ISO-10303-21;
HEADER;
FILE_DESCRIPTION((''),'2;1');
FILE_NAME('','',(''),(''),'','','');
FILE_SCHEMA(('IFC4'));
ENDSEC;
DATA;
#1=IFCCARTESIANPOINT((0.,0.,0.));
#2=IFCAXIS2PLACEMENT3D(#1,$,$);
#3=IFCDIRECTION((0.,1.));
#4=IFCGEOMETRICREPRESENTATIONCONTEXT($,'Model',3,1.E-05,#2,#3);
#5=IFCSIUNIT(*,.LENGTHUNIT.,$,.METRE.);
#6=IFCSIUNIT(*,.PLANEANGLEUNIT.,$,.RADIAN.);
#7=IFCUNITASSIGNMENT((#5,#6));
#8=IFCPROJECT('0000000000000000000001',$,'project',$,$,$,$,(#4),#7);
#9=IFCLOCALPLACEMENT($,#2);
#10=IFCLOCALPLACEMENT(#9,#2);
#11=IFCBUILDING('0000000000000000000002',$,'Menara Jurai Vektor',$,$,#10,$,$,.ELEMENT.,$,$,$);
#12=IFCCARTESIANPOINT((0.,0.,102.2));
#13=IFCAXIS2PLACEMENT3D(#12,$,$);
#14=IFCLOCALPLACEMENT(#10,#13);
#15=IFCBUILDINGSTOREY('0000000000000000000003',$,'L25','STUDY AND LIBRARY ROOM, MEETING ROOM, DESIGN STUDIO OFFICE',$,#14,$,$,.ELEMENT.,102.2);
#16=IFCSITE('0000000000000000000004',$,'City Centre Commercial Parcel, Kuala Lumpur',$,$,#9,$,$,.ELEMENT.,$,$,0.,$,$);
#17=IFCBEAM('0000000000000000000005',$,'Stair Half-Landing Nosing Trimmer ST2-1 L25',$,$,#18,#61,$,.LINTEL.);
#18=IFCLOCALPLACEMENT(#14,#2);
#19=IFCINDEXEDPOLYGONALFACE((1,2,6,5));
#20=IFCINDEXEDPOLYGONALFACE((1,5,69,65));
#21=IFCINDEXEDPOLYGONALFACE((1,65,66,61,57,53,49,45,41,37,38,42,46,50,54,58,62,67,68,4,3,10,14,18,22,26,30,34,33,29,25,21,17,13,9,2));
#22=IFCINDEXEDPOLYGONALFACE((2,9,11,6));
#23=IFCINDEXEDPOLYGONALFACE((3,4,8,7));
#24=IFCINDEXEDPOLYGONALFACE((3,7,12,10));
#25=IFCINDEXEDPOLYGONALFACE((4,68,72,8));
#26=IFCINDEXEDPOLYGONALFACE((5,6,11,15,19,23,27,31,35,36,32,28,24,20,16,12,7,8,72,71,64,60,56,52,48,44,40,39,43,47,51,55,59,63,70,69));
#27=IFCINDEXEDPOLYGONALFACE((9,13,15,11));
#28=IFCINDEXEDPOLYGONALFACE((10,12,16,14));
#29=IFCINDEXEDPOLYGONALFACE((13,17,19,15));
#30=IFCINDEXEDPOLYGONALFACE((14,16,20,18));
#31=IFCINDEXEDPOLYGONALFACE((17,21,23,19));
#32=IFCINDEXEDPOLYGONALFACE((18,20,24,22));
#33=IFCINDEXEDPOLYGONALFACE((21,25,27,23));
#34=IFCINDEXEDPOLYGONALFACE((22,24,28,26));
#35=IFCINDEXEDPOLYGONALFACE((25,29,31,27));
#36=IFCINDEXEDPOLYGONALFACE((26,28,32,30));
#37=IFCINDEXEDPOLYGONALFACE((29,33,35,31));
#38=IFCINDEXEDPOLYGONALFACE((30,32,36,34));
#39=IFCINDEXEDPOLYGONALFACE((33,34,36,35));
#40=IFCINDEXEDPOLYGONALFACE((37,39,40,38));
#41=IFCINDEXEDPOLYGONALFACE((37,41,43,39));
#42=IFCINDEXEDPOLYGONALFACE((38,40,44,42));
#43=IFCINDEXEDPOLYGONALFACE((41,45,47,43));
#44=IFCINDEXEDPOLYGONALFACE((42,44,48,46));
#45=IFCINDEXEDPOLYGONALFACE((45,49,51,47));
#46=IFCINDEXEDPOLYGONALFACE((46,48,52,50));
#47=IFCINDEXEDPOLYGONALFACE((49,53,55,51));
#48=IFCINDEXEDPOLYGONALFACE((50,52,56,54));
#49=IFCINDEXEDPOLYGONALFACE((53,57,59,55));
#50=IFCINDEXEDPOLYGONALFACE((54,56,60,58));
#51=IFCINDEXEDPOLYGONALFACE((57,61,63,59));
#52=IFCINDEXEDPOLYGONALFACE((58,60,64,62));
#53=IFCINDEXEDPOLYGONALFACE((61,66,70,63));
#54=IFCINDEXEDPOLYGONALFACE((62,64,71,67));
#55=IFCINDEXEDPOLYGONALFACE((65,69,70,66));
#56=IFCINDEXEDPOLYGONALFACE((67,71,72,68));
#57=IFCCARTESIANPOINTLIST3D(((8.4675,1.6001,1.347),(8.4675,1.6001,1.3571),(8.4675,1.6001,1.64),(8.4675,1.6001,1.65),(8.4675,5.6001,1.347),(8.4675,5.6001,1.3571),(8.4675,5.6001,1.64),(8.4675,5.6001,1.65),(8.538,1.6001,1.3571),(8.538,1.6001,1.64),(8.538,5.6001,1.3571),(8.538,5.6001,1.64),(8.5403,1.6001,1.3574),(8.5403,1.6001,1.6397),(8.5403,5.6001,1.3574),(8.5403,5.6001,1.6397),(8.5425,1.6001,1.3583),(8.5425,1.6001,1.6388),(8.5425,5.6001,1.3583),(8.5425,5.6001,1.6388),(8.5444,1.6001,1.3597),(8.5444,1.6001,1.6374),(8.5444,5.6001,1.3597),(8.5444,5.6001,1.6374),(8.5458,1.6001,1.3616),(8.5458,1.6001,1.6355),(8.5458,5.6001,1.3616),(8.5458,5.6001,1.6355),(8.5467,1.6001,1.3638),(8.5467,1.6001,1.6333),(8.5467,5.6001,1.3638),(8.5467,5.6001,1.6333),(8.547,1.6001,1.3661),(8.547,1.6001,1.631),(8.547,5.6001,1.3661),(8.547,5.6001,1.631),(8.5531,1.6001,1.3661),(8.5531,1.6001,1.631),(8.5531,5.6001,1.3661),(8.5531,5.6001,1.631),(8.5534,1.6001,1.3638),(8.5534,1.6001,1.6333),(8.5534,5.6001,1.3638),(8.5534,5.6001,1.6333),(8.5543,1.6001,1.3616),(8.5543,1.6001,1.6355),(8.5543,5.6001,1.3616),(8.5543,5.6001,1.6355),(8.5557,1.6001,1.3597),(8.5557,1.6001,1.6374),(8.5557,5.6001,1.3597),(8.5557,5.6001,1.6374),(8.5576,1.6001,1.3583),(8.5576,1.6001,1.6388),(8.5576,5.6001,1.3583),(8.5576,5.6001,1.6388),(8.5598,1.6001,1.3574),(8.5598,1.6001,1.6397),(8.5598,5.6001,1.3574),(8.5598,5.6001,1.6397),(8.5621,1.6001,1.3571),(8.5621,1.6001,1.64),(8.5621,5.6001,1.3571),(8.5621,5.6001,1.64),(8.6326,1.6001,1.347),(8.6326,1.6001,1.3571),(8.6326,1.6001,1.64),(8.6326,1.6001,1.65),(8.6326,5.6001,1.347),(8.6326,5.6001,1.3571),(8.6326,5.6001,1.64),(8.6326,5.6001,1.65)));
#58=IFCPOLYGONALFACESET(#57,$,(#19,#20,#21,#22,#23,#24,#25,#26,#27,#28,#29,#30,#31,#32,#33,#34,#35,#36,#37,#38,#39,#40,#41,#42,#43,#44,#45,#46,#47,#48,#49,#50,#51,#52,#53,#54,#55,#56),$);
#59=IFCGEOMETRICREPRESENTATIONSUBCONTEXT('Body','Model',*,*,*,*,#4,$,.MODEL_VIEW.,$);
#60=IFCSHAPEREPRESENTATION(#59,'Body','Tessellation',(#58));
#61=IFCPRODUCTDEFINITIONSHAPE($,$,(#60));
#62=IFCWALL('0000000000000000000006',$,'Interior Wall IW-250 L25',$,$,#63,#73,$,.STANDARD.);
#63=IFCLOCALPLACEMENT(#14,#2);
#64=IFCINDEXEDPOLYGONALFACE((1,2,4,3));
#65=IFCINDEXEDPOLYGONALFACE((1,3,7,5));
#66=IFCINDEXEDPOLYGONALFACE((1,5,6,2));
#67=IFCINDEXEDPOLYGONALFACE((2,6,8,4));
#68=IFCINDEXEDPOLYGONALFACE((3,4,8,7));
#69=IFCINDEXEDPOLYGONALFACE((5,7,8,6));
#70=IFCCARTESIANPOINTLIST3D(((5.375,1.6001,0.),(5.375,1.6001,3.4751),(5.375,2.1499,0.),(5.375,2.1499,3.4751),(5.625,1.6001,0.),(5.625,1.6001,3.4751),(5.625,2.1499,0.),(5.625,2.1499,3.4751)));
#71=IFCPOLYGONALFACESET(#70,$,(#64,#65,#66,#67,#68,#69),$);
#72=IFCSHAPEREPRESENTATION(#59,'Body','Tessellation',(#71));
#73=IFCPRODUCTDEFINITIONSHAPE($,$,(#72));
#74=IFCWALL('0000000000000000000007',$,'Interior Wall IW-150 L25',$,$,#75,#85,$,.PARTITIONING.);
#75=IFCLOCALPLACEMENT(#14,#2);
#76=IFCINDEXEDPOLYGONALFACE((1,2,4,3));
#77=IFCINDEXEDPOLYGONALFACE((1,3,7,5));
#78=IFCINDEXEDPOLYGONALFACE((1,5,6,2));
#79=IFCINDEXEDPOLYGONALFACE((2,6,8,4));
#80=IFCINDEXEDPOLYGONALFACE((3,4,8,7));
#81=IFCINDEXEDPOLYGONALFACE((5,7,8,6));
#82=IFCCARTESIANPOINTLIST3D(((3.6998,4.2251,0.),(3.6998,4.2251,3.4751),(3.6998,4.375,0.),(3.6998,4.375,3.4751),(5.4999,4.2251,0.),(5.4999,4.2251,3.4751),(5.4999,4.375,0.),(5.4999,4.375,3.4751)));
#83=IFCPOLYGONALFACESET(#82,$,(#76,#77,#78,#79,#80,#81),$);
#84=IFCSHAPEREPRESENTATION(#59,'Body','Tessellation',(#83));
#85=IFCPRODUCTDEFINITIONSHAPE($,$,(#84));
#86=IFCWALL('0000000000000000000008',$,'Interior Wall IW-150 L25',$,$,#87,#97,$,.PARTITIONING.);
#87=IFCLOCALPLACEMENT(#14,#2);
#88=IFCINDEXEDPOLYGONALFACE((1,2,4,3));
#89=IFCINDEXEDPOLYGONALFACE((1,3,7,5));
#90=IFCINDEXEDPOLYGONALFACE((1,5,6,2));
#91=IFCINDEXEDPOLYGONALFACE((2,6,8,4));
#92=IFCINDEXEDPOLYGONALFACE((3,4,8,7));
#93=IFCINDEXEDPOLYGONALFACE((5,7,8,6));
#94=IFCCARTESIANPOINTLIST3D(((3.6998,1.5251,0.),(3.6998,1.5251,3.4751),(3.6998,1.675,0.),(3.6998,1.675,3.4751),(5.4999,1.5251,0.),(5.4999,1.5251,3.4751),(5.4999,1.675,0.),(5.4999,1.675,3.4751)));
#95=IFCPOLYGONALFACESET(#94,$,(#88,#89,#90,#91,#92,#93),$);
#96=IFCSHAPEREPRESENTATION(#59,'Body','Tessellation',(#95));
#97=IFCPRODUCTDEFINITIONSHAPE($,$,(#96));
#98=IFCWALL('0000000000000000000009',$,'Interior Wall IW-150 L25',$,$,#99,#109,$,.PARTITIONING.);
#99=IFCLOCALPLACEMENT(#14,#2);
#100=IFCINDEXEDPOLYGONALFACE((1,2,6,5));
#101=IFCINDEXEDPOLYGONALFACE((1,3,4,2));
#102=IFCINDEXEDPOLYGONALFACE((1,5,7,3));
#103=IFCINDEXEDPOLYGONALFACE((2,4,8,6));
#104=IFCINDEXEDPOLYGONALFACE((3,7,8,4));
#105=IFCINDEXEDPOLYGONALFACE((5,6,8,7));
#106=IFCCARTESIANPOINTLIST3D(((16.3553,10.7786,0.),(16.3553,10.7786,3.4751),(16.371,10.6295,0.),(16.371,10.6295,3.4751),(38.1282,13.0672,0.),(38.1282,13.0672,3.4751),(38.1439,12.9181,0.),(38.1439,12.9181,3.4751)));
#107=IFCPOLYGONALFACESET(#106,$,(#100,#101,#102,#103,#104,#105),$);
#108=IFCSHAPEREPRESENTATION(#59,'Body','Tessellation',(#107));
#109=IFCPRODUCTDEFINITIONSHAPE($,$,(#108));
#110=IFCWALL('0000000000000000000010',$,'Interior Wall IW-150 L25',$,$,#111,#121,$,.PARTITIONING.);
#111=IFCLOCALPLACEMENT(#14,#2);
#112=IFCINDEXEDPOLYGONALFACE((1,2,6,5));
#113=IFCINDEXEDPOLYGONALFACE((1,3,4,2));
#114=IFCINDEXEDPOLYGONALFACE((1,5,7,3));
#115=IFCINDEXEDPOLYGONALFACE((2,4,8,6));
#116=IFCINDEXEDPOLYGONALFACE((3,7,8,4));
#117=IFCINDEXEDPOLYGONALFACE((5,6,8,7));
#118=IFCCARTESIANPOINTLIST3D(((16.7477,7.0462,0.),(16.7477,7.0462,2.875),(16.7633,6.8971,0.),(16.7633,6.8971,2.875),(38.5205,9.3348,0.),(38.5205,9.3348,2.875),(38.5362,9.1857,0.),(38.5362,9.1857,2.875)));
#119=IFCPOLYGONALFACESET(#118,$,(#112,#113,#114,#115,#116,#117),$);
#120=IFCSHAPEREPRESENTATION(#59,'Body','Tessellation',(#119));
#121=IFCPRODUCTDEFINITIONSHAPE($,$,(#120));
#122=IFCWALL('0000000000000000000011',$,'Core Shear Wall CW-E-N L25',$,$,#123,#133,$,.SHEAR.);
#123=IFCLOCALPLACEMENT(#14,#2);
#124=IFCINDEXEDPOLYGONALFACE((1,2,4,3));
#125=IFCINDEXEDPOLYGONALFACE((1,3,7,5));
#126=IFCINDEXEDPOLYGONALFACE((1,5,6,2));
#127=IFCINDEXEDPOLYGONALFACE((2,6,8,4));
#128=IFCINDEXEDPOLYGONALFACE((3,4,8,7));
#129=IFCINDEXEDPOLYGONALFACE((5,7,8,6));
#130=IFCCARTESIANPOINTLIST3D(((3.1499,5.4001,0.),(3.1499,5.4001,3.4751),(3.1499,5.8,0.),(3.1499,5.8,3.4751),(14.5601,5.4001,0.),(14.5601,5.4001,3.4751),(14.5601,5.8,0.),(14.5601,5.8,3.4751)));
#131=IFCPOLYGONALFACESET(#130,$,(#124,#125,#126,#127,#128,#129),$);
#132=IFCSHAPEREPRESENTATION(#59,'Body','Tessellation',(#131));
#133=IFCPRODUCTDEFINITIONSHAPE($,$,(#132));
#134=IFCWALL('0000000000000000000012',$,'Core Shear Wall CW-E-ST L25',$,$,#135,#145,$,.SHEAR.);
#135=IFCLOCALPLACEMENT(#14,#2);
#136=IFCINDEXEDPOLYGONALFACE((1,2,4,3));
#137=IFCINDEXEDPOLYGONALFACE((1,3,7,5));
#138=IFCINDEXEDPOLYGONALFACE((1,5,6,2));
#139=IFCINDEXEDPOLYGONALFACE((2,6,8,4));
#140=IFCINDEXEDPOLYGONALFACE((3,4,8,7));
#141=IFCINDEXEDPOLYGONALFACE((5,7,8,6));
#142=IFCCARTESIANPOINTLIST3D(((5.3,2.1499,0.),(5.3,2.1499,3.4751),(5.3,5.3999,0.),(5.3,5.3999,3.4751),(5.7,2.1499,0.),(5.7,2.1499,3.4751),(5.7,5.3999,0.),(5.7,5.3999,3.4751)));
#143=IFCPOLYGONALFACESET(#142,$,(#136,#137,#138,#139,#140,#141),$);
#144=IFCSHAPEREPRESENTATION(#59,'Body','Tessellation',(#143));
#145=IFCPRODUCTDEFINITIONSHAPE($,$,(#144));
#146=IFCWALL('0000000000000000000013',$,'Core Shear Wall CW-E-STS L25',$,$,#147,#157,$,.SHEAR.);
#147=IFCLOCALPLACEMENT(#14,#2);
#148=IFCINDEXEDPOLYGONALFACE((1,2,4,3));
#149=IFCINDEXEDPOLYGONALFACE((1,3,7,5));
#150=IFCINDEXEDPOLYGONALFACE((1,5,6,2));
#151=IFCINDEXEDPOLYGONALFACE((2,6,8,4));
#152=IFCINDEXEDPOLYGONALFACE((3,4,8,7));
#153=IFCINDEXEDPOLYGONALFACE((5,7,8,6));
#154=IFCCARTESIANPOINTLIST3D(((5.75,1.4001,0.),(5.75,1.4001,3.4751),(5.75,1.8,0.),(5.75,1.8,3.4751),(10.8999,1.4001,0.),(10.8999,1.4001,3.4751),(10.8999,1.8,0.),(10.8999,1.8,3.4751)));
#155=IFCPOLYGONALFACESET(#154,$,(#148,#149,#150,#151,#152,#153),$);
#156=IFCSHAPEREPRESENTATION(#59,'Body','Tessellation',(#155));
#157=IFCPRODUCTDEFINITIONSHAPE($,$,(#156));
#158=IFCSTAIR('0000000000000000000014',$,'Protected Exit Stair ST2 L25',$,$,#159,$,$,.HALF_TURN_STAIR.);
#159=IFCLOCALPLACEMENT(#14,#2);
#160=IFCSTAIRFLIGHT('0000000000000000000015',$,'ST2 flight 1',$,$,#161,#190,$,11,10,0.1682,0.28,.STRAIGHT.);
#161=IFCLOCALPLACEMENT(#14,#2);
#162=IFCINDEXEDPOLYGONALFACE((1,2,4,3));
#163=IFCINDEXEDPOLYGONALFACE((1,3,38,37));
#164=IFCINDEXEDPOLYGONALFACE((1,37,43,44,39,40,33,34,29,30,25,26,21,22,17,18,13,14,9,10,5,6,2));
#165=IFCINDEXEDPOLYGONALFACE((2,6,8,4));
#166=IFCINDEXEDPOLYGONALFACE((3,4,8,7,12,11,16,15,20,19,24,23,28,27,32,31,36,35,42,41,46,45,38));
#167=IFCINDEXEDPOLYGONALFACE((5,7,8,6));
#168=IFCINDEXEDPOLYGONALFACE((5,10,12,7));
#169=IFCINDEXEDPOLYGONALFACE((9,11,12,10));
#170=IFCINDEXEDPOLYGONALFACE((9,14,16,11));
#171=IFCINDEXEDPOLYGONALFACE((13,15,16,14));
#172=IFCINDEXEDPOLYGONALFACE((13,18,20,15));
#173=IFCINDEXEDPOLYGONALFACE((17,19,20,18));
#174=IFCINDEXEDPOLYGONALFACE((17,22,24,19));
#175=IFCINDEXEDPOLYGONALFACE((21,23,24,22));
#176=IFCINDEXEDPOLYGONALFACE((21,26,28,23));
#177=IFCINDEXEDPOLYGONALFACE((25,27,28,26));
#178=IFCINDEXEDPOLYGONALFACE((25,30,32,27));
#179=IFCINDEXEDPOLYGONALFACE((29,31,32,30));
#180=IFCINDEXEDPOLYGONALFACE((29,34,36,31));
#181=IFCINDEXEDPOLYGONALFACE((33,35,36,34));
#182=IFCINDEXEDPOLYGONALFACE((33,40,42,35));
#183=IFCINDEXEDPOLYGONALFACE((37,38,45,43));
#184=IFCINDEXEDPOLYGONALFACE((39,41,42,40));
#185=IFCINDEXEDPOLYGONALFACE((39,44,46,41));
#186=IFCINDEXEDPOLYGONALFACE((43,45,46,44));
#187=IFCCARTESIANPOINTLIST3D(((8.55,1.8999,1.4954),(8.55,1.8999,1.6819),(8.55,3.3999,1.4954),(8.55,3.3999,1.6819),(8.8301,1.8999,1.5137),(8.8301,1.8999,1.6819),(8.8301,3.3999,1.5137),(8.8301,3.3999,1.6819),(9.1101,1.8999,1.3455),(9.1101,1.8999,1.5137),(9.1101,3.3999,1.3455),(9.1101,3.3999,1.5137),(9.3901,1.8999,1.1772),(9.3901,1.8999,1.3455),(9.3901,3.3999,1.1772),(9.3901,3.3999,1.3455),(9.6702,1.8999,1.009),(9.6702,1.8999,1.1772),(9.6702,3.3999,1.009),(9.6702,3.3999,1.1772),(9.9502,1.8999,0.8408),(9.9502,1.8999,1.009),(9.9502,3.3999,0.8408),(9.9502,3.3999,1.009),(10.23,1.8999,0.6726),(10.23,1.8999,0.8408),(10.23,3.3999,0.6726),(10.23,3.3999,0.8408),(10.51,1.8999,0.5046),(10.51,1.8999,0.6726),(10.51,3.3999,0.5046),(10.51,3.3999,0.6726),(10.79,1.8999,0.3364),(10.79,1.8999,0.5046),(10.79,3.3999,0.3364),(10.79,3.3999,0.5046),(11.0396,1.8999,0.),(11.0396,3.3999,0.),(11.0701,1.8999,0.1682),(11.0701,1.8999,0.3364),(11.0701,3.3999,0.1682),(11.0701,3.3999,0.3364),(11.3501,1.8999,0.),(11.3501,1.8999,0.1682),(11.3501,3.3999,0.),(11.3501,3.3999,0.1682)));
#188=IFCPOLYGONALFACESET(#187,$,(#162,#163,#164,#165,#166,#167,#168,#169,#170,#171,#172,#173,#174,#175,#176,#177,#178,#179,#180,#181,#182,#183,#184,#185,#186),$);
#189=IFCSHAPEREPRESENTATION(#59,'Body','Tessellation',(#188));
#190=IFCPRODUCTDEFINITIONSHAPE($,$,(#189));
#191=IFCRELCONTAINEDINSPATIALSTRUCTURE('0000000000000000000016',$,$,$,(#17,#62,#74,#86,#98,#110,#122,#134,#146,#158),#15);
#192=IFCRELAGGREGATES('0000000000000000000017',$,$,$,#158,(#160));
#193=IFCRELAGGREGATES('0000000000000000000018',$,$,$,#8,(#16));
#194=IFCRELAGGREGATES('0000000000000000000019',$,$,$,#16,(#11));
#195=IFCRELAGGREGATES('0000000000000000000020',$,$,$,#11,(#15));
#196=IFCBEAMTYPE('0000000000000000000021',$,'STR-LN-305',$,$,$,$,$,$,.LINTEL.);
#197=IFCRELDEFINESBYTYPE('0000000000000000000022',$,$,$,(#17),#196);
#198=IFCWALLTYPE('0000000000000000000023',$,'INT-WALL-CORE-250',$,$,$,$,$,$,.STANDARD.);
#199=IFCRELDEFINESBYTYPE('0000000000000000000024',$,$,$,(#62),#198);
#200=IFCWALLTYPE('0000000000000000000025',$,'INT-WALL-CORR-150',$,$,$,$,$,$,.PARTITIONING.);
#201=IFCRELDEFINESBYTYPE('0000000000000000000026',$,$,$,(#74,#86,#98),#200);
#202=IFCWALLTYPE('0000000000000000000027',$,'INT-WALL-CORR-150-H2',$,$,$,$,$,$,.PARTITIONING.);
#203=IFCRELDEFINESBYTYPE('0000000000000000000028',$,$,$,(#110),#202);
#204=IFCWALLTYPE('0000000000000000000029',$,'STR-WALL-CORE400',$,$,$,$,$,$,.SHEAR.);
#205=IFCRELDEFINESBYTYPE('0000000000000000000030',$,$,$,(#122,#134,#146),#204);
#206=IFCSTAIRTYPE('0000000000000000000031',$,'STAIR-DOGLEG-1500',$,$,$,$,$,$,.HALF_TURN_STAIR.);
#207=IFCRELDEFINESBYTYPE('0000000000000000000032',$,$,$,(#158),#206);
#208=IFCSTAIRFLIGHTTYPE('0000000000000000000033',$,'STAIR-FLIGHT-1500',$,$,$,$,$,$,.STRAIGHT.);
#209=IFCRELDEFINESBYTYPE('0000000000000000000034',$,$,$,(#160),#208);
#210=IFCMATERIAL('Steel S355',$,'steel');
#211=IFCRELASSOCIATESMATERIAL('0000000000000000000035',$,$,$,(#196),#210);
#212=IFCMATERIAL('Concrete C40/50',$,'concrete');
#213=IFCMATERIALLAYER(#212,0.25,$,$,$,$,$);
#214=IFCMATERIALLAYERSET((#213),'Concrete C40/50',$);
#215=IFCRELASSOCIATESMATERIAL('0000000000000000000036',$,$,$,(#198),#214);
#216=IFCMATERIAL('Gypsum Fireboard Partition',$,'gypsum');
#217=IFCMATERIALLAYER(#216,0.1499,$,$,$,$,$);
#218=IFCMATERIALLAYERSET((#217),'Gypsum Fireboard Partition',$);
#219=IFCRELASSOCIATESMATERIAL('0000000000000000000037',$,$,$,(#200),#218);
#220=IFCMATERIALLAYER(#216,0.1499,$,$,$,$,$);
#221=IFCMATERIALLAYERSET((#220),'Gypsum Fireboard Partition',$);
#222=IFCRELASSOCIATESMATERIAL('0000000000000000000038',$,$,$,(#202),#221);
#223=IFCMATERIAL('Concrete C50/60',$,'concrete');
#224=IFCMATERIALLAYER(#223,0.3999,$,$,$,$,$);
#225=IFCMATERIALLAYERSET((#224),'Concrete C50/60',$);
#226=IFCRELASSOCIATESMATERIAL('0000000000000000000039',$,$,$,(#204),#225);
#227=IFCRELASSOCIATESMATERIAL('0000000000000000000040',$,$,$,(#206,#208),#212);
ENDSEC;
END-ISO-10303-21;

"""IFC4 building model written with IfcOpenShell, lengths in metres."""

from ifc_helpers import new_model, si_unit, direction, frame, frame_2d, origin, origin_2d, place, context, subcontext, project, spatial, polyline, rectangle, i_section, outline, extrude, material, layer, layer_set, material_profile, profile_set, type_object, element, aggregate, save


model = new_model("IFC4")

# Units and contexts
model_context = context("Model", 3, precision=1e-05, world=origin(), true_north=direction((0.0, 1.0)))
body_context = subcontext(model_context, "Body", "Model", "MODEL_VIEW")
ifc_project = project(units=[si_unit("LENGTHUNIT", "METRE"), si_unit("PLANEANGLEUNIT", "RADIAN")], contexts=[model_context])

# Site, building, storey
site_placement = place(None, origin())
site = spatial("IfcSite", under=ifc_project, at=site_placement, Name="City Centre Commercial Parcel, Kuala Lumpur", CompositionType="ELEMENT", RefElevation=0.0)
building_placement = place(site_placement, origin())
building = spatial("IfcBuilding", under=site, at=building_placement, Name="Menara Jurai Vektor", CompositionType="ELEMENT")
storey_placement = place(building_placement, frame((0.0, 0.0, 102.2)))
storey = spatial("IfcBuildingStorey", under=building, at=storey_placement, Name="L25", Description="STUDY AND LIBRARY ROOM, MEETING ROOM, DESIGN STUDIO OFFICE", CompositionType="ELEMENT", Elevation=102.2)

# Shared definitions
ifc_material_1 = material(Name="Concrete C50/60", Category="concrete")
ifc_material_2 = material(Name="Steel S355", Category="steel")

# Beam
ifc_material_profile_1 = material_profile(ifc_material_2, i_section(OverallWidth=0.165, OverallDepth=0.303, WebThickness=0.0061, FlangeThickness=0.01, FilletRadius=0.009, at=origin_2d()), Name="UKB 305x165x40")
ifc_profile_set_1 = profile_set([ifc_material_profile_1], Name="Steel S355")
beam_type_1 = type_object("IfcBeamType", Name="STR-LN-305", PredefinedType="LINTEL", material=ifc_profile_set_1)
beam_1_placement = place(storey_placement, frame((8.55, 1.6001, 1.4985), z_axis=(0.0, 1.0, 0.0), x_axis=(-1.0, 0.0, 0.0)))
element("IfcBeam", 1, at=beam_1_placement, inside=storey, type_object=beam_type_1, Name="Stair Half-Landing Nosing Trimmer ST2-1 L25", PredefinedType="LINTEL", context=body_context, shape_type="SweptSolid", body=[
    extrude(i_section(OverallWidth=0.165, OverallDepth=0.303, WebThickness=0.0061, FlangeThickness=0.01, FilletRadius=0.009, at=origin_2d()), origin(), (0.0, 0.0, 1.0), 4.0),
])

# Shared definitions
ifc_material_3 = material(Name="Concrete C40/50", Category="concrete")
ifc_layer_1 = layer(ifc_material_3, 0.25)
ifc_layer_set_1 = layer_set([ifc_layer_1], Name="Concrete C40/50")
wall_type_1 = type_object("IfcWallType", Name="INT-WALL-CORE-250", PredefinedType="STANDARD", material=ifc_layer_set_1)

# Walls
wall_1_placement = place(storey_placement, frame((5.5, 1.6001, 0.0), z_axis=(0.0, 0.0, 1.0), x_axis=(0.0, 1.0, 0.0)))
element("IfcWall", 2, at=wall_1_placement, inside=storey, type_object=wall_type_1, Name="Interior Wall IW-250 L25", PredefinedType="STANDARD", context=body_context, shape_type="SweptSolid", body=[
    extrude(rectangle(XDim=0.5498, YDim=0.25, at=frame_2d((0.2749, 0.0))), origin(), (0.0, 0.0, 1.0), 3.4751),
])
ifc_material_4 = material(Name="Gypsum Fireboard Partition", Category="gypsum")
ifc_layer_2 = layer(ifc_material_4, 0.1499)
ifc_layer_set_2 = layer_set([ifc_layer_2], Name="Gypsum Fireboard Partition")
wall_type_2 = type_object("IfcWallType", Name="INT-WALL-CORR-150", PredefinedType="PARTITIONING", material=ifc_layer_set_2)
for number, where, z_axis, x_axis, name in (
    (3, (3.7, 4.3, 0.0), (0.0, 0.0, 1.0), (1.0, 0.0, 0.0), "Interior Wall IW-150 L25"),
    (4, (3.7, 1.6001, 0.0), (0.0, 0.0, 1.0), (1.0, 0.0, 0.0), "Interior Wall IW-150 L25"),
):
    element("IfcWall", number, at=place(storey_placement, frame(where, z_axis=z_axis, x_axis=x_axis)), inside=storey, type_object=wall_type_2, Name=name, PredefinedType="PARTITIONING", context=body_context, shape_type="SweptSolid", body=[
        extrude(rectangle(XDim=1.8, YDim=0.1499, at=frame_2d((0.8999, 0.0))), origin(), (0.0, 0.0, 1.0), 3.4751),
    ])

# Walls
wall_2_placement = place(storey_placement, frame((16.3633, 10.7041, 0.0), z_axis=(0.0, 0.0, 1.0), x_axis=(0.994521, 0.104535, 0.0)))
element("IfcWall", 5, at=wall_2_placement, inside=storey, type_object=wall_type_2, Name="Interior Wall IW-150 L25", PredefinedType="PARTITIONING", context=body_context, shape_type="SweptSolid", body=[
    extrude(rectangle(XDim=21.8928, YDim=0.1499, at=frame_2d((10.9463, 0.0))), origin(), (0.0, 0.0, 1.0), 3.4751),
])
ifc_layer_3 = layer(ifc_material_4, 0.1499)
ifc_layer_set_3 = layer_set([ifc_layer_3], Name="Gypsum Fireboard Partition")
wall_type_3 = type_object("IfcWallType", Name="INT-WALL-CORR-150-H2", PredefinedType="PARTITIONING", material=ifc_layer_set_3)
wall_3_placement = place(storey_placement, frame((16.7556, 6.9717, 0.0), z_axis=(0.0, 0.0, 1.0), x_axis=(0.994521, 0.104535, 0.0)))
element("IfcWall", 6, at=wall_3_placement, inside=storey, type_object=wall_type_3, Name="Interior Wall IW-150 L25", PredefinedType="PARTITIONING", context=body_context, shape_type="SweptSolid", body=[
    extrude(rectangle(XDim=21.8928, YDim=0.1499, at=frame_2d((10.9463, 0.0))), origin(), (0.0, 0.0, 1.0), 2.875),
])
ifc_layer_4 = layer(ifc_material_1, 0.3999)
ifc_layer_set_4 = layer_set([ifc_layer_4], Name="Concrete C50/60")
wall_type_4 = type_object("IfcWallType", Name="STR-WALL-CORE400", PredefinedType="SHEAR", material=ifc_layer_set_4)
wall_4_placement = place(storey_placement, frame((3.1499, 5.6001, 0.0), z_axis=(0.0, 0.0, 1.0), x_axis=(1.0, 0.0, 0.0)))
element("IfcWall", 7, at=wall_4_placement, inside=storey, type_object=wall_type_4, Name="Core Shear Wall CW-E-N L25", PredefinedType="SHEAR", context=body_context, shape_type="SweptSolid", body=[
    extrude(rectangle(XDim=11.4102, YDim=0.3999, at=frame_2d((5.7051, 0.0))), origin(), (0.0, 0.0, 1.0), 3.4751),
])
wall_5_placement = place(storey_placement, frame((5.5, 2.1499, 0.0), z_axis=(0.0, 0.0, 1.0), x_axis=(0.0, 1.0, 0.0)))
element("IfcWall", 8, at=wall_5_placement, inside=storey, type_object=wall_type_4, Name="Core Shear Wall CW-E-ST L25", PredefinedType="SHEAR", context=body_context, shape_type="SweptSolid", body=[
    extrude(rectangle(XDim=3.25, YDim=0.3999, at=frame_2d((1.625, 0.0))), origin(), (0.0, 0.0, 1.0), 3.4751),
])
wall_6_placement = place(storey_placement, frame((5.75, 1.6001, 0.0), z_axis=(0.0, 0.0, 1.0), x_axis=(1.0, 0.0, 0.0)))
element("IfcWall", 9, at=wall_6_placement, inside=storey, type_object=wall_type_4, Name="Core Shear Wall CW-E-STS L25", PredefinedType="SHEAR", context=body_context, shape_type="SweptSolid", body=[
    extrude(rectangle(XDim=5.1499, YDim=0.3999, at=frame_2d((2.575, 0.0))), origin(), (0.0, 0.0, 1.0), 3.4751),
])

# Stair, stair flight
stair_type = type_object("IfcStairType", Name="STAIR-DOGLEG-1500", PredefinedType="HALF_TURN_STAIR", material=ifc_material_3)
stair_placement = place(storey_placement, origin())
stair = element("IfcStair", 10, at=stair_placement, inside=storey, type_object=stair_type, Name="Protected Exit Stair ST2 L25", PredefinedType="HALF_TURN_STAIR")
stair_flight_type = type_object("IfcStairFlightType", Name="STAIR-FLIGHT-1500", PredefinedType="STRAIGHT", material=ifc_material_3)
stair_flight_1_placement = place(storey_placement, frame((11.3501, 2.6499, 0.0), z_axis=(0.0, 0.0, 1.0), x_axis=(-1.0, 0.0, 0.0)))
stair_flight_1 = element("IfcStairFlight", 11, at=stair_flight_1_placement, type_object=stair_flight_type, Name="ST2 flight 1", NumberOfRisers=11, NumberOfTreads=10, PredefinedType="STRAIGHT", RiserHeight=0.1682, TreadLength=0.28, context=body_context, shape_type="SweptSolid", body=[
    extrude(outline(polyline([(0.0, 0.0), (0.0, 0.1682), (0.28, 0.1682), (0.28, 0.3364), (0.5601, 0.3364), (0.5601, 0.5046), (0.8401, 0.5046), (0.8401, 0.6726), (1.1201, 0.6726), (1.1201, 0.8408), (1.3999, 0.8408), (1.3999, 1.009), (1.6799, 1.009), (1.6799, 1.1772), (1.96, 1.1772), (1.96, 1.3455), (2.24, 1.3455), (2.24, 1.5137), (2.52, 1.5137), (2.52, 1.6819), (2.8, 1.6819), (2.8, 1.8501), (2.8, 1.4954), (0.3105, 0.0), (0.0, 0.0)])), frame((0.0, 0.75, 0.0), z_axis=(0.0, -1.0, 0.0), x_axis=(1.0, 0.0, 0.0)), (0.0, 0.0, 1.0), 1.5),
])
aggregate(stair, [stair_flight_1])

save(model, "model.ifc")
